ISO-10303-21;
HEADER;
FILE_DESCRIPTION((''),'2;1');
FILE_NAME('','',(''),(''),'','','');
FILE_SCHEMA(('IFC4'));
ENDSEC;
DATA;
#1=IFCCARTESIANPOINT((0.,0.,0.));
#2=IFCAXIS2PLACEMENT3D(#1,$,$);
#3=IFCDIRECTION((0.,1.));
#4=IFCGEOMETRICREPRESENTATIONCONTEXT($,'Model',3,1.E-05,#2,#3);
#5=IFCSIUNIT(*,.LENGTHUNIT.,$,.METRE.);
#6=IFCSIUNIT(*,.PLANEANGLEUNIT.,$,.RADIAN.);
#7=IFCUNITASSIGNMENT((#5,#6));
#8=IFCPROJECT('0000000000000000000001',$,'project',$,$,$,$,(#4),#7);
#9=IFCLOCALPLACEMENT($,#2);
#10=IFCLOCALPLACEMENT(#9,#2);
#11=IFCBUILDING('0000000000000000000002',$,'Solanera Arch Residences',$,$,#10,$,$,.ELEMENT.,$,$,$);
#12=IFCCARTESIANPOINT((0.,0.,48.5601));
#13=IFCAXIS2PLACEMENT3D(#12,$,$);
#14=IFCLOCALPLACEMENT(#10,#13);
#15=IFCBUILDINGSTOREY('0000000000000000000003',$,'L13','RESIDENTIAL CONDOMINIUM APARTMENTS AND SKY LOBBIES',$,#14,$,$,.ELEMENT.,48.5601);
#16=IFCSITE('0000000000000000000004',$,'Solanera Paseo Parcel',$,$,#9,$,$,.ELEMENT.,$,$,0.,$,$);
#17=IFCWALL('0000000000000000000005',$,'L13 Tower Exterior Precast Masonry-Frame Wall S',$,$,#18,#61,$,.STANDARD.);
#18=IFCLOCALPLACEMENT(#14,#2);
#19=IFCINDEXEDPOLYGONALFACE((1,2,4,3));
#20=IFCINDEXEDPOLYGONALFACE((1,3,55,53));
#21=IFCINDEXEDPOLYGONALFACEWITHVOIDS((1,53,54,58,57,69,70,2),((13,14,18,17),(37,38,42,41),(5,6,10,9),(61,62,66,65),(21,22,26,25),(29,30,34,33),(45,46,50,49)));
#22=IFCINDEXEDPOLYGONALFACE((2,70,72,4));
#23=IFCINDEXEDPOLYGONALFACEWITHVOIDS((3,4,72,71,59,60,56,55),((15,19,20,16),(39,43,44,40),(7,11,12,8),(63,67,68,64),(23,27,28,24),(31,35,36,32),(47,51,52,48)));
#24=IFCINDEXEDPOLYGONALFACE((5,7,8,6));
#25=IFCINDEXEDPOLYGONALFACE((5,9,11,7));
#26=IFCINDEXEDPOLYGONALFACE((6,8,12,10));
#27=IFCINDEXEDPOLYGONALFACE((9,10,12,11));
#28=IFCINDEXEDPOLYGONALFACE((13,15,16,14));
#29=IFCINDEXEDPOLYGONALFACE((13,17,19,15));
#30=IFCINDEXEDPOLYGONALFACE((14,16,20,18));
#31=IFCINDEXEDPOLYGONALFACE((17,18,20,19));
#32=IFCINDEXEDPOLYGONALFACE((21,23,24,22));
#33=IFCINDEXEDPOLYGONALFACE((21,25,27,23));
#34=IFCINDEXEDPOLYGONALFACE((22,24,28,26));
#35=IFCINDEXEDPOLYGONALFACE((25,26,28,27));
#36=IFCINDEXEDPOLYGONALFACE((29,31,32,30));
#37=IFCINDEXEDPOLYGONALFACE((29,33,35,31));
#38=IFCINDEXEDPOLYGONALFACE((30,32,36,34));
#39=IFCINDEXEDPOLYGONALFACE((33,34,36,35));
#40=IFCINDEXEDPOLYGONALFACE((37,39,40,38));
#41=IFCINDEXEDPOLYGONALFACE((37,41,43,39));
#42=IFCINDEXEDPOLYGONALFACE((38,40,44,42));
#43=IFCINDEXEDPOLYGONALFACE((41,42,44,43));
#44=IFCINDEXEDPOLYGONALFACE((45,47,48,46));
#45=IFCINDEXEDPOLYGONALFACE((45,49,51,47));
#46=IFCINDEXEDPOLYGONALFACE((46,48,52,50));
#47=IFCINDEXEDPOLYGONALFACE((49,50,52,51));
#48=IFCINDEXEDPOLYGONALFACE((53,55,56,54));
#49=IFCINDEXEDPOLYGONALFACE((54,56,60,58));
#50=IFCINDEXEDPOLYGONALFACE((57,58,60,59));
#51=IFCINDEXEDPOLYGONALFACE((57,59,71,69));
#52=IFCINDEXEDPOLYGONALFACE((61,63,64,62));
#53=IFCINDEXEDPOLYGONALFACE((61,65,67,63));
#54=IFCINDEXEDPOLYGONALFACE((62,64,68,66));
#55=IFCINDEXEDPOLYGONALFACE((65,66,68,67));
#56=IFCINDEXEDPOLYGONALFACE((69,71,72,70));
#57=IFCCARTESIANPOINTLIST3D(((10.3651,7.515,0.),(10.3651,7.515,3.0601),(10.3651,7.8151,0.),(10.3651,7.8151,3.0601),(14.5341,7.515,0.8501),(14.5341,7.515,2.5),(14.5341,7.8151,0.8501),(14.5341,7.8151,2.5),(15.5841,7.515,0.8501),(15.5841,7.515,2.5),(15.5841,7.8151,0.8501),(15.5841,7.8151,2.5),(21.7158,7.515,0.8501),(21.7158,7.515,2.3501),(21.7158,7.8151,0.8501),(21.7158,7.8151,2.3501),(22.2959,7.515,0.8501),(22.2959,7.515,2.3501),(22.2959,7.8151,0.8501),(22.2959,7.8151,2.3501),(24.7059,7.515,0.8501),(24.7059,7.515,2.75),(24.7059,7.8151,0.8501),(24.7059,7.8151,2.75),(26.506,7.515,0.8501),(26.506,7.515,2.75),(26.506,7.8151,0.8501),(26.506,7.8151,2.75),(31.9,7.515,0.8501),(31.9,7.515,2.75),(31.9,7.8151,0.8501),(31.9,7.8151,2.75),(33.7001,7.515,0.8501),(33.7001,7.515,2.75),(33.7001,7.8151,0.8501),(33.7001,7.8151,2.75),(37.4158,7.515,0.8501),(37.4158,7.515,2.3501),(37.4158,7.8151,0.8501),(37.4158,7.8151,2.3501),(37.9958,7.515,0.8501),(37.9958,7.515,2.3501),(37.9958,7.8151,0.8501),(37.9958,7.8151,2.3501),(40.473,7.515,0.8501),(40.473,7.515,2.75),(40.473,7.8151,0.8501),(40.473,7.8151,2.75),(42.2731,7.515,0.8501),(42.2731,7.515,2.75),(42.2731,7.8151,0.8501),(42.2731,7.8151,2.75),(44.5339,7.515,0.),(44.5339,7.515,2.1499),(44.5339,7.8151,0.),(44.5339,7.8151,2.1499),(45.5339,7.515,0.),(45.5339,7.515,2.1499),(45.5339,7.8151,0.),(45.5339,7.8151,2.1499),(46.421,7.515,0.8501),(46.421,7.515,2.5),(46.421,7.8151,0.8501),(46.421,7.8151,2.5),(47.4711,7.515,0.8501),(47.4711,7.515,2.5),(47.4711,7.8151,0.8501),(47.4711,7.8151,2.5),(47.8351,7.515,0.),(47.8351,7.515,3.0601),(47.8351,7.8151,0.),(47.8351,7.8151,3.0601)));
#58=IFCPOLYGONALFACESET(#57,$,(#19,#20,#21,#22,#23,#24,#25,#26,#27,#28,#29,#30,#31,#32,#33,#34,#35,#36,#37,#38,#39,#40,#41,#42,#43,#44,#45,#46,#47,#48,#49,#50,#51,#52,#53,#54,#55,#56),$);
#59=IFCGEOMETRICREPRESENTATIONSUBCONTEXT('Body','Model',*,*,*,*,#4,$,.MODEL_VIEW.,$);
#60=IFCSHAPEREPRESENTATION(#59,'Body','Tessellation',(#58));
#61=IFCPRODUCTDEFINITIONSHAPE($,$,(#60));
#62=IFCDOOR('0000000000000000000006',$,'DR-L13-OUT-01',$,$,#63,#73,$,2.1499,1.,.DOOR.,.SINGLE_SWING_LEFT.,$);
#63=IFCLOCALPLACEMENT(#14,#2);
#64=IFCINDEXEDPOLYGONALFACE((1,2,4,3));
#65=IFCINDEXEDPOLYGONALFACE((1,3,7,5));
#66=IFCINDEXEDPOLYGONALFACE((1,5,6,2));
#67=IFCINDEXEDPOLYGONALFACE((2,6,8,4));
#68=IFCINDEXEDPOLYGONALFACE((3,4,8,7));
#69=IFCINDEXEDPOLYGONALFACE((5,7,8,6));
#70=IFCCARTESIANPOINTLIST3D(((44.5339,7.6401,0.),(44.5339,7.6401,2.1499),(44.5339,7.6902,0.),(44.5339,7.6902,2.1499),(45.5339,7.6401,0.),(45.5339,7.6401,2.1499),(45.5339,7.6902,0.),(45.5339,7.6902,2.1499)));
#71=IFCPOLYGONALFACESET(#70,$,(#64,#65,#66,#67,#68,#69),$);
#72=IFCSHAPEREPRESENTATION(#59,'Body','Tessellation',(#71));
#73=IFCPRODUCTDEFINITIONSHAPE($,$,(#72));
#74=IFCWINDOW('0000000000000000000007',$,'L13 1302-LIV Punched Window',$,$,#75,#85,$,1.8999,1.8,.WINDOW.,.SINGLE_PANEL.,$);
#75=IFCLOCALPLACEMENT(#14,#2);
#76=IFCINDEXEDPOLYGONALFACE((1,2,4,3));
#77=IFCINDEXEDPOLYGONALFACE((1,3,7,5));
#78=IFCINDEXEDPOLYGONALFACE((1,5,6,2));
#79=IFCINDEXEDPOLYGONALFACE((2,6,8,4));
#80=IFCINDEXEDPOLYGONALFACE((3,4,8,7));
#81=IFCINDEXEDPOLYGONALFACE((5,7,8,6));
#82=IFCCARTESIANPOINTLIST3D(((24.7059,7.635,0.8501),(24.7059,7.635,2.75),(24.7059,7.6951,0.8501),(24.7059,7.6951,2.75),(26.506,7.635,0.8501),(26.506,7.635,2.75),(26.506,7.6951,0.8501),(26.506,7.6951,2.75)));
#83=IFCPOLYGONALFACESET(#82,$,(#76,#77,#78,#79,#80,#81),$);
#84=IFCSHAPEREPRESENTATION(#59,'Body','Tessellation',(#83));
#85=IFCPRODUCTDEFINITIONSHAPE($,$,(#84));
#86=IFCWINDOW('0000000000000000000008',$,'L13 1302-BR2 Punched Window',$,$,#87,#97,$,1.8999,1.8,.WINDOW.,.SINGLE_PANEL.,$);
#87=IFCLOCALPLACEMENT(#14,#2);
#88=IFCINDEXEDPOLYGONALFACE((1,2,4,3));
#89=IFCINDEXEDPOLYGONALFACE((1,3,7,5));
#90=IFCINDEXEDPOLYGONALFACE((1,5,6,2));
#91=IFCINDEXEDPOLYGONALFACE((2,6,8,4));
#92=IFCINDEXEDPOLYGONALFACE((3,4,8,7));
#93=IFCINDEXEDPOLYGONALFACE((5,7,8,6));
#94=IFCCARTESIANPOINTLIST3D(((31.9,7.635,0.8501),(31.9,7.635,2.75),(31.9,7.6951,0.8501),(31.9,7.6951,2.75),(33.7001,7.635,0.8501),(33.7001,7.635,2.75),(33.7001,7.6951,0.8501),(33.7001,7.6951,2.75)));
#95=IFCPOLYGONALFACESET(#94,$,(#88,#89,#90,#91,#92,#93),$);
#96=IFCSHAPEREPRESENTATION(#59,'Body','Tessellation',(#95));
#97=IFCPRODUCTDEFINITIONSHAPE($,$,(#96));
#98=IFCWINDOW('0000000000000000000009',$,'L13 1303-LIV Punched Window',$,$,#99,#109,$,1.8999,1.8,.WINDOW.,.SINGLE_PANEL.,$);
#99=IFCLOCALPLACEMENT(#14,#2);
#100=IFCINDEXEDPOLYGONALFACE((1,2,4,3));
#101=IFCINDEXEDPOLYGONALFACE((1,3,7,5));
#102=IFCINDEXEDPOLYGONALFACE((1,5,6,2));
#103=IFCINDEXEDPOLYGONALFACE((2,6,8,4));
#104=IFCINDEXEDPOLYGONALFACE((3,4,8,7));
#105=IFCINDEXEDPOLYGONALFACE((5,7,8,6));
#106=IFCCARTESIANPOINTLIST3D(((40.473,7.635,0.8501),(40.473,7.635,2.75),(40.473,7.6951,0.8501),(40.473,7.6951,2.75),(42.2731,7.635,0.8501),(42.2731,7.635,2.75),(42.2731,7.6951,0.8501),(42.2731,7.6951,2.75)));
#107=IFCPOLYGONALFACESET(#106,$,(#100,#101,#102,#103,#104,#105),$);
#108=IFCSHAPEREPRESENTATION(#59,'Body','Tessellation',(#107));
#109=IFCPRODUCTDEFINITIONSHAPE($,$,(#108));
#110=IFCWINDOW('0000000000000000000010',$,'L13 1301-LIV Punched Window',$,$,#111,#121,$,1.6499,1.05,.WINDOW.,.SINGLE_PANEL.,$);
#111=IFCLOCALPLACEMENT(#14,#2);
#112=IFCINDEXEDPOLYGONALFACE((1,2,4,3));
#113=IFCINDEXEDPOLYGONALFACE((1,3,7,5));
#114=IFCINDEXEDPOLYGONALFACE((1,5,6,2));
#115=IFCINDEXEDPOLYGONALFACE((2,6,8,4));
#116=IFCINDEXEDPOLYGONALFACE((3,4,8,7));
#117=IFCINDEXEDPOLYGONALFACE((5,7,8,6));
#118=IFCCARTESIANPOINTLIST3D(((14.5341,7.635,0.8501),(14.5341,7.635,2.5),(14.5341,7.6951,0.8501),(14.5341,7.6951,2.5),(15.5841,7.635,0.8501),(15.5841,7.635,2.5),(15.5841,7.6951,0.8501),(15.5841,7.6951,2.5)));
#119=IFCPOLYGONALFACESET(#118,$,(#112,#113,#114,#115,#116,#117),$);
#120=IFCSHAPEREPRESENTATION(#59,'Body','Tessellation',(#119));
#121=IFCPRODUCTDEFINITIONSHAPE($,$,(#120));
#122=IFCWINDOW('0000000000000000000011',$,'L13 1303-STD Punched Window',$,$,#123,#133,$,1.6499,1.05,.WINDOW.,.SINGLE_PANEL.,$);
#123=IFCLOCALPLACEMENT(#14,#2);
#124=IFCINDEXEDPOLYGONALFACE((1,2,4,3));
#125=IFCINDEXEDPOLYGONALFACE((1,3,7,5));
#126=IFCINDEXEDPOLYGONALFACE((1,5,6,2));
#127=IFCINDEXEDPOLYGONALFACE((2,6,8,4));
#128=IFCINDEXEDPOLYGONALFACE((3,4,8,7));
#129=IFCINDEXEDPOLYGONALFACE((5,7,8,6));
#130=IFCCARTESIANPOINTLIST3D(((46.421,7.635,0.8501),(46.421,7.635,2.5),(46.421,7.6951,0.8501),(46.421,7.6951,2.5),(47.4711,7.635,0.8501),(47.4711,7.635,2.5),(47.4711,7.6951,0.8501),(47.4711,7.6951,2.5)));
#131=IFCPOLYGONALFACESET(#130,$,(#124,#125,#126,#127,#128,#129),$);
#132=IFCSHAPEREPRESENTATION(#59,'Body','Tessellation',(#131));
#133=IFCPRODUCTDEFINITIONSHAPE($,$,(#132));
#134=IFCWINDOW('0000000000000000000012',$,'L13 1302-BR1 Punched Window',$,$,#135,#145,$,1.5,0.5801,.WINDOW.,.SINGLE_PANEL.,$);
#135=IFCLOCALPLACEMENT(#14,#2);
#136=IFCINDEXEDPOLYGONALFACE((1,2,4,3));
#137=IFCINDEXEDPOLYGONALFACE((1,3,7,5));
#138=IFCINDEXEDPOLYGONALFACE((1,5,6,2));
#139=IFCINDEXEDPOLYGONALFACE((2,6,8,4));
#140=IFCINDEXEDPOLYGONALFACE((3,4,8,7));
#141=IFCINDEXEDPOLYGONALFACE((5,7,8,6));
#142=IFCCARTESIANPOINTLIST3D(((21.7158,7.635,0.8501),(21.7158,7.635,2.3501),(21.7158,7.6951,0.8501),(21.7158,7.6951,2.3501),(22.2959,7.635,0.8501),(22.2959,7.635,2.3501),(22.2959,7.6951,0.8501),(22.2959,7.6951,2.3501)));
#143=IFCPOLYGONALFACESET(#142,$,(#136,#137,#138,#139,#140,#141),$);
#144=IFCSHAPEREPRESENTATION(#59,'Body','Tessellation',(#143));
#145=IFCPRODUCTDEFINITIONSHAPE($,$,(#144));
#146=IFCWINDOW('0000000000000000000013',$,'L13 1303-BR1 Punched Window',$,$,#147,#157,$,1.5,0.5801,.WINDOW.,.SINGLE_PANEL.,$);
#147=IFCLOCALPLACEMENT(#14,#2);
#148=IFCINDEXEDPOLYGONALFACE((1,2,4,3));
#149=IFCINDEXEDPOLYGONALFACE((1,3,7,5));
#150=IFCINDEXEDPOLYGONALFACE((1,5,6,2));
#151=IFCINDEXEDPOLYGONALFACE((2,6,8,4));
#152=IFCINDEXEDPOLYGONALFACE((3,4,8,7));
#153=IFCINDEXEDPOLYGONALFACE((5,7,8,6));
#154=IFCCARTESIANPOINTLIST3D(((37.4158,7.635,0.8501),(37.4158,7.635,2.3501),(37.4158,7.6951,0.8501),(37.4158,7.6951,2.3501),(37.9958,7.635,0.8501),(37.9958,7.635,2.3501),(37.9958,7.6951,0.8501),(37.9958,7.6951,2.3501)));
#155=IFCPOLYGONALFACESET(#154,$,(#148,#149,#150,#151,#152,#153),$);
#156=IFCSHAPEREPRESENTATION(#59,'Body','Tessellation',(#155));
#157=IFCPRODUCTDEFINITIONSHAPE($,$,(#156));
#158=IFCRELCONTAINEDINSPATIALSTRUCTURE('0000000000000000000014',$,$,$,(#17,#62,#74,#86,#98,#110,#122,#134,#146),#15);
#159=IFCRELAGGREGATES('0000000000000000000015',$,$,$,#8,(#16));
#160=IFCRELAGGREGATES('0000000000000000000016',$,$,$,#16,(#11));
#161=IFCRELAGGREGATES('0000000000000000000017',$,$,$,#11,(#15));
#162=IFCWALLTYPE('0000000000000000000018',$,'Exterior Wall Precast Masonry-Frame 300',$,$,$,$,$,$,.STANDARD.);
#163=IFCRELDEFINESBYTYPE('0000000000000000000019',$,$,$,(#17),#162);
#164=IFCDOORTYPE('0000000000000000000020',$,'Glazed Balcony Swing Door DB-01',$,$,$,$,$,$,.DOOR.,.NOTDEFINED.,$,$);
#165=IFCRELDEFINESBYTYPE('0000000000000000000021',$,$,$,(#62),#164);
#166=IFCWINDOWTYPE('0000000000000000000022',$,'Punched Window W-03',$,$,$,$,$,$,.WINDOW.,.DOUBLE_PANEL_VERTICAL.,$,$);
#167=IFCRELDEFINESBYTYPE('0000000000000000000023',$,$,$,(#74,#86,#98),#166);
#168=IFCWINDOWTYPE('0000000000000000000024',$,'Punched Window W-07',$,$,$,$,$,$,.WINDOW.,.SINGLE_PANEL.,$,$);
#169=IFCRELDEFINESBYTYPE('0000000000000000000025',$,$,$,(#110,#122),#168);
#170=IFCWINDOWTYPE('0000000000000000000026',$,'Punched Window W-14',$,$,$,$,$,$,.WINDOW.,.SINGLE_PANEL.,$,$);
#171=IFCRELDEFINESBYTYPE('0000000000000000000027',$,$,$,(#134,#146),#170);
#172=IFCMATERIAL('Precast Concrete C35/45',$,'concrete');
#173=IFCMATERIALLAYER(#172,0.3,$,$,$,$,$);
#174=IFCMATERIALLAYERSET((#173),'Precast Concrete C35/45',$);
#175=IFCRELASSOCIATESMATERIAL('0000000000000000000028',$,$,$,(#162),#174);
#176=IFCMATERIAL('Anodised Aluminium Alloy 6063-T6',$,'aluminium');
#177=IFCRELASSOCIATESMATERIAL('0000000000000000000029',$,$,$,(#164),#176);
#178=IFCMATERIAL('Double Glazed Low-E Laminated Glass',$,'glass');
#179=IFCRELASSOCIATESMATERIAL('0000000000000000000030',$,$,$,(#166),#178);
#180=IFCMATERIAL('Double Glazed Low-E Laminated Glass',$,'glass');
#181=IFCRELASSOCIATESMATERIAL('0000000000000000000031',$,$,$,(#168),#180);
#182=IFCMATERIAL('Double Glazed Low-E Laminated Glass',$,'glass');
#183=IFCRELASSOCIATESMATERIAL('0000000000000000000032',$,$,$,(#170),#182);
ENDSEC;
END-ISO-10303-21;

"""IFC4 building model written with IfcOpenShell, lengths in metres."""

from ifc_helpers import new_model, si_unit, direction, frame, frame_2d, origin, place, context, subcontext, project, spatial, rectangle, extrude, material, layer, layer_set, type_object, element, fill, save


model = new_model("IFC4")

# Units and contexts
model_context = context("Model", 3, precision=1e-05, world=origin(), true_north=direction((0.0, 1.0)))
body_context = subcontext(model_context, "Body", "Model", "MODEL_VIEW")
ifc_project = project(units=[si_unit("LENGTHUNIT", "METRE"), si_unit("PLANEANGLEUNIT", "RADIAN")], contexts=[model_context])

# Site, building, storey
site_placement = place(None, origin())
site = spatial("IfcSite", under=ifc_project, at=site_placement, Name="Solanera Paseo Parcel", CompositionType="ELEMENT", RefElevation=0.0)
building_placement = place(site_placement, origin())
building = spatial("IfcBuilding", under=site, at=building_placement, Name="Solanera Arch Residences", CompositionType="ELEMENT")
storey_placement = place(building_placement, frame((0.0, 0.0, 48.5601)))
storey = spatial("IfcBuildingStorey", under=building, at=storey_placement, Name="L13", Description="RESIDENTIAL CONDOMINIUM APARTMENTS AND SKY LOBBIES", CompositionType="ELEMENT", Elevation=48.5601)

# Shared definitions
ifc_material_1 = material(Name="Precast Concrete C35/45", Category="concrete")
ifc_layer_1 = layer(ifc_material_1, 0.3)
ifc_layer_set_1 = layer_set([ifc_layer_1], Name="Precast Concrete C35/45")
wall_type_1 = type_object("IfcWallType", Name="Exterior Wall Precast Masonry-Frame 300", PredefinedType="STANDARD", material=ifc_layer_set_1)

# Wall, openings, door, windows
wall_1_placement = place(storey_placement, frame((47.835, 7.665, 0.0), z_axis=(0.0, 0.0, 1.0), x_axis=(-1.0, 0.0, 0.0)))
wall_1 = element("IfcWall", 1, at=wall_1_placement, inside=storey, type_object=wall_type_1, Name="L13 Tower Exterior Precast Masonry-Frame Wall S", PredefinedType="STANDARD", context=body_context, shape_type="SweptSolid", body=[
    extrude(rectangle(XDim=37.47, YDim=0.3, at=frame_2d((18.7349, 0.0))), origin(), (0.0, 0.0, 1.0), 3.0601),
])
opening_1_placement = place(wall_1_placement, frame((2.301, 0.0, 0.0)))
opening_1 = element("IfcOpeningElement", 2, at=opening_1_placement, cuts=wall_1, PredefinedType="OPENING", context=body_context, shape_type="SweptSolid", body=[
    extrude(rectangle(XDim=1.0, YDim=2.1499, at=frame_2d((0.5, 1.075))), frame((0.0, 0.1599, 0.0), z_axis=(0.0, -1.0, 0.0), x_axis=(1.0, 0.0, 0.0)), (0.0, 0.0, 1.0), 0.32),
])
opening_2_placement = place(wall_1_placement, frame((32.251, 0.0, 0.8501)))
opening_2 = element("IfcOpeningElement", 3, at=opening_2_placement, cuts=wall_1, PredefinedType="OPENING", context=body_context, shape_type="SweptSolid", body=[
    extrude(rectangle(XDim=1.05, YDim=1.6499, at=frame_2d((0.5249, 0.825))), frame((0.0, 0.1599, 0.0), z_axis=(0.0, -1.0, 0.0), x_axis=(1.0, 0.0, 0.0)), (0.0, 0.0, 1.0), 0.32),
])
opening_3_placement = place(wall_1_placement, frame((21.3291, 0.0, 0.8501)))
opening_3 = element("IfcOpeningElement", 4, at=opening_3_placement, cuts=wall_1, PredefinedType="OPENING", context=body_context, shape_type="SweptSolid", body=[
    extrude(rectangle(XDim=1.8, YDim=1.8999, at=frame_2d((0.8999, 0.95))), frame((0.0, 0.1599, 0.0), z_axis=(0.0, -1.0, 0.0), x_axis=(1.0, 0.0, 0.0)), (0.0, 0.0, 1.0), 0.32),
])
opening_4_placement = place(wall_1_placement, frame((25.5391, 0.0, 0.8501)))
opening_4 = element("IfcOpeningElement", 5, at=opening_4_placement, cuts=wall_1, PredefinedType="OPENING", context=body_context, shape_type="SweptSolid", body=[
    extrude(rectangle(XDim=0.5801, YDim=1.5, at=frame_2d((0.29, 0.75))), frame((0.0, 0.1599, 0.0), z_axis=(0.0, -1.0, 0.0), x_axis=(1.0, 0.0, 0.0)), (0.0, 0.0, 1.0), 0.32),
])
opening_5_placement = place(wall_1_placement, frame((14.135, 0.0, 0.8501)))
opening_5 = element("IfcOpeningElement", 6, at=opening_5_placement, cuts=wall_1, PredefinedType="OPENING", context=body_context, shape_type="SweptSolid", body=[
    extrude(rectangle(XDim=1.8, YDim=1.8999, at=frame_2d((0.8999, 0.95))), frame((0.0, 0.1599, 0.0), z_axis=(0.0, -1.0, 0.0), x_axis=(1.0, 0.0, 0.0)), (0.0, 0.0, 1.0), 0.32),
])
opening_6_placement = place(wall_1_placement, frame((5.562, 0.0, 0.8501)))
opening_6 = element("IfcOpeningElement", 7, at=opening_6_placement, cuts=wall_1, PredefinedType="OPENING", context=body_context, shape_type="SweptSolid", body=[
    extrude(rectangle(XDim=1.8, YDim=1.8999, at=frame_2d((0.8999, 0.95))), frame((0.0, 0.1599, 0.0), z_axis=(0.0, -1.0, 0.0), x_axis=(1.0, 0.0, 0.0)), (0.0, 0.0, 1.0), 0.32),
])
opening_7_placement = place(wall_1_placement, frame((9.8391, 0.0, 0.8501)))
opening_7 = element("IfcOpeningElement", 8, at=opening_7_placement, cuts=wall_1, PredefinedType="OPENING", context=body_context, shape_type="SweptSolid", body=[
    extrude(rectangle(XDim=0.5801, YDim=1.5, at=frame_2d((0.29, 0.75))), frame((0.0, 0.1599, 0.0), z_axis=(0.0, -1.0, 0.0), x_axis=(1.0, 0.0, 0.0)), (0.0, 0.0, 1.0), 0.32),
])
opening_8_placement = place(wall_1_placement, frame((0.364, 0.0, 0.8501)))
opening_8 = element("IfcOpeningElement", 9, at=opening_8_placement, cuts=wall_1, PredefinedType="OPENING", context=body_context, shape_type="SweptSolid", body=[
    extrude(rectangle(XDim=1.05, YDim=1.6499, at=frame_2d((0.5249, 0.825))), frame((0.0, 0.1599, 0.0), z_axis=(0.0, -1.0, 0.0), x_axis=(1.0, 0.0, 0.0)), (0.0, 0.0, 1.0), 0.32),
])
ifc_material_2 = material(Name="Anodised Aluminium Alloy 6063-T6", Category="aluminium")
door_type_1 = type_object("IfcDoorType", Name="Glazed Balcony Swing Door DB-01", OperationType="NOTDEFINED", PredefinedType="DOOR", material=ifc_material_2)
door_1_placement = place(opening_1_placement, origin())
door_1 = element("IfcDoor", 10, at=door_1_placement, inside=storey, type_object=door_type_1, Name="DR-L13-OUT-01", OperationType="SINGLE_SWING_LEFT", OverallHeight=2.1499, OverallWidth=1.0, PredefinedType="DOOR", context=body_context, shape_type="SweptSolid", body=[
    extrude(rectangle(XDim=1.0, YDim=2.1499, at=frame_2d((0.5, 1.075))), frame((0.0, 0.0249, 0.0), z_axis=(0.0, -1.0, 0.0), x_axis=(1.0, 0.0, 0.0)), (0.0, 0.0, 1.0), 0.05),
])
fill(opening_1, door_1)
ifc_material_3 = material(Name="Double Glazed Low-E Laminated Glass", Category="glass")
window_type_1 = type_object("IfcWindowType", Name="Punched Window W-03", PartitioningType="DOUBLE_PANEL_VERTICAL", PredefinedType="WINDOW", material=ifc_material_3)
window_1_placement = place(opening_3_placement, origin())
window_1 = element("IfcWindow", 11, at=window_1_placement, inside=storey, type_object=window_type_1, Name="L13 1302-LIV Punched Window", OverallHeight=1.8999, OverallWidth=1.8, PartitioningType="SINGLE_PANEL", PredefinedType="WINDOW", context=body_context, shape_type="SweptSolid", body=[
    extrude(rectangle(XDim=1.8, YDim=1.8999, at=frame_2d((0.8999, 0.95))), frame((0.0, 0.03, 0.0), z_axis=(0.0, -1.0, 0.0), x_axis=(1.0, 0.0, 0.0)), (0.0, 0.0, 1.0), 0.0601),
])
fill(opening_3, window_1)
window_2_placement = place(opening_5_placement, origin())
window_2 = element("IfcWindow", 12, at=window_2_placement, inside=storey, type_object=window_type_1, Name="L13 1302-BR2 Punched Window", OverallHeight=1.8999, OverallWidth=1.8, PartitioningType="SINGLE_PANEL", PredefinedType="WINDOW", context=body_context, shape_type="SweptSolid", body=[
    extrude(rectangle(XDim=1.8, YDim=1.8999, at=frame_2d((0.8999, 0.95))), frame((0.0, 0.03, 0.0), z_axis=(0.0, -1.0, 0.0), x_axis=(1.0, 0.0, 0.0)), (0.0, 0.0, 1.0), 0.0601),
])
fill(opening_5, window_2)
window_3_placement = place(opening_6_placement, origin())
window_3 = element("IfcWindow", 13, at=window_3_placement, inside=storey, type_object=window_type_1, Name="L13 1303-LIV Punched Window", OverallHeight=1.8999, OverallWidth=1.8, PartitioningType="SINGLE_PANEL", PredefinedType="WINDOW", context=body_context, shape_type="SweptSolid", body=[
    extrude(rectangle(XDim=1.8, YDim=1.8999, at=frame_2d((0.8999, 0.95))), frame((0.0, 0.03, 0.0), z_axis=(0.0, -1.0, 0.0), x_axis=(1.0, 0.0, 0.0)), (0.0, 0.0, 1.0), 0.0601),
])
fill(opening_6, window_3)
ifc_material_4 = material(Name="Double Glazed Low-E Laminated Glass", Category="glass")
window_type_2 = type_object("IfcWindowType", Name="Punched Window W-07", PartitioningType="SINGLE_PANEL", PredefinedType="WINDOW", material=ifc_material_4)
window_4_placement = place(opening_2_placement, origin())
window_4 = element("IfcWindow", 14, at=window_4_placement, inside=storey, type_object=window_type_2, Name="L13 1301-LIV Punched Window", OverallHeight=1.6499, OverallWidth=1.05, PartitioningType="SINGLE_PANEL", PredefinedType="WINDOW", context=body_context, shape_type="SweptSolid", body=[
    extrude(rectangle(XDim=1.05, YDim=1.6499, at=frame_2d((0.5249, 0.825))), frame((0.0, 0.03, 0.0), z_axis=(0.0, -1.0, 0.0), x_axis=(1.0, 0.0, 0.0)), (0.0, 0.0, 1.0), 0.0601),
])
fill(opening_2, window_4)
window_5_placement = place(opening_8_placement, origin())
window_5 = element("IfcWindow", 15, at=window_5_placement, inside=storey, type_object=window_type_2, Name="L13 1303-STD Punched Window", OverallHeight=1.6499, OverallWidth=1.05, PartitioningType="SINGLE_PANEL", PredefinedType="WINDOW", context=body_context, shape_type="SweptSolid", body=[
    extrude(rectangle(XDim=1.05, YDim=1.6499, at=frame_2d((0.5249, 0.825))), frame((0.0, 0.03, 0.0), z_axis=(0.0, -1.0, 0.0), x_axis=(1.0, 0.0, 0.0)), (0.0, 0.0, 1.0), 0.0601),
])
fill(opening_8, window_5)
ifc_material_5 = material(Name="Double Glazed Low-E Laminated Glass", Category="glass")
window_type_3 = type_object("IfcWindowType", Name="Punched Window W-14", PartitioningType="SINGLE_PANEL", PredefinedType="WINDOW", material=ifc_material_5)
window_6_placement = place(opening_4_placement, origin())
window_6 = element("IfcWindow", 16, at=window_6_placement, inside=storey, type_object=window_type_3, Name="L13 1302-BR1 Punched Window", OverallHeight=1.5, OverallWidth=0.5801, PartitioningType="SINGLE_PANEL", PredefinedType="WINDOW", context=body_context, shape_type="SweptSolid", body=[
    extrude(rectangle(XDim=0.5801, YDim=1.5, at=frame_2d((0.29, 0.75))), frame((0.0, 0.03, 0.0), z_axis=(0.0, -1.0, 0.0), x_axis=(1.0, 0.0, 0.0)), (0.0, 0.0, 1.0), 0.0601),
])
fill(opening_4, window_6)
window_7_placement = place(opening_7_placement, origin())
window_7 = element("IfcWindow", 17, at=window_7_placement, inside=storey, type_object=window_type_3, Name="L13 1303-BR1 Punched Window", OverallHeight=1.5, OverallWidth=0.5801, PartitioningType="SINGLE_PANEL", PredefinedType="WINDOW", context=body_context, shape_type="SweptSolid", body=[
    extrude(rectangle(XDim=0.5801, YDim=1.5, at=frame_2d((0.29, 0.75))), frame((0.0, 0.03, 0.0), z_axis=(0.0, -1.0, 0.0), x_axis=(1.0, 0.0, 0.0)), (0.0, 0.0, 1.0), 0.0601),
])
fill(opening_7, window_7)

save(model, "model.ifc")
